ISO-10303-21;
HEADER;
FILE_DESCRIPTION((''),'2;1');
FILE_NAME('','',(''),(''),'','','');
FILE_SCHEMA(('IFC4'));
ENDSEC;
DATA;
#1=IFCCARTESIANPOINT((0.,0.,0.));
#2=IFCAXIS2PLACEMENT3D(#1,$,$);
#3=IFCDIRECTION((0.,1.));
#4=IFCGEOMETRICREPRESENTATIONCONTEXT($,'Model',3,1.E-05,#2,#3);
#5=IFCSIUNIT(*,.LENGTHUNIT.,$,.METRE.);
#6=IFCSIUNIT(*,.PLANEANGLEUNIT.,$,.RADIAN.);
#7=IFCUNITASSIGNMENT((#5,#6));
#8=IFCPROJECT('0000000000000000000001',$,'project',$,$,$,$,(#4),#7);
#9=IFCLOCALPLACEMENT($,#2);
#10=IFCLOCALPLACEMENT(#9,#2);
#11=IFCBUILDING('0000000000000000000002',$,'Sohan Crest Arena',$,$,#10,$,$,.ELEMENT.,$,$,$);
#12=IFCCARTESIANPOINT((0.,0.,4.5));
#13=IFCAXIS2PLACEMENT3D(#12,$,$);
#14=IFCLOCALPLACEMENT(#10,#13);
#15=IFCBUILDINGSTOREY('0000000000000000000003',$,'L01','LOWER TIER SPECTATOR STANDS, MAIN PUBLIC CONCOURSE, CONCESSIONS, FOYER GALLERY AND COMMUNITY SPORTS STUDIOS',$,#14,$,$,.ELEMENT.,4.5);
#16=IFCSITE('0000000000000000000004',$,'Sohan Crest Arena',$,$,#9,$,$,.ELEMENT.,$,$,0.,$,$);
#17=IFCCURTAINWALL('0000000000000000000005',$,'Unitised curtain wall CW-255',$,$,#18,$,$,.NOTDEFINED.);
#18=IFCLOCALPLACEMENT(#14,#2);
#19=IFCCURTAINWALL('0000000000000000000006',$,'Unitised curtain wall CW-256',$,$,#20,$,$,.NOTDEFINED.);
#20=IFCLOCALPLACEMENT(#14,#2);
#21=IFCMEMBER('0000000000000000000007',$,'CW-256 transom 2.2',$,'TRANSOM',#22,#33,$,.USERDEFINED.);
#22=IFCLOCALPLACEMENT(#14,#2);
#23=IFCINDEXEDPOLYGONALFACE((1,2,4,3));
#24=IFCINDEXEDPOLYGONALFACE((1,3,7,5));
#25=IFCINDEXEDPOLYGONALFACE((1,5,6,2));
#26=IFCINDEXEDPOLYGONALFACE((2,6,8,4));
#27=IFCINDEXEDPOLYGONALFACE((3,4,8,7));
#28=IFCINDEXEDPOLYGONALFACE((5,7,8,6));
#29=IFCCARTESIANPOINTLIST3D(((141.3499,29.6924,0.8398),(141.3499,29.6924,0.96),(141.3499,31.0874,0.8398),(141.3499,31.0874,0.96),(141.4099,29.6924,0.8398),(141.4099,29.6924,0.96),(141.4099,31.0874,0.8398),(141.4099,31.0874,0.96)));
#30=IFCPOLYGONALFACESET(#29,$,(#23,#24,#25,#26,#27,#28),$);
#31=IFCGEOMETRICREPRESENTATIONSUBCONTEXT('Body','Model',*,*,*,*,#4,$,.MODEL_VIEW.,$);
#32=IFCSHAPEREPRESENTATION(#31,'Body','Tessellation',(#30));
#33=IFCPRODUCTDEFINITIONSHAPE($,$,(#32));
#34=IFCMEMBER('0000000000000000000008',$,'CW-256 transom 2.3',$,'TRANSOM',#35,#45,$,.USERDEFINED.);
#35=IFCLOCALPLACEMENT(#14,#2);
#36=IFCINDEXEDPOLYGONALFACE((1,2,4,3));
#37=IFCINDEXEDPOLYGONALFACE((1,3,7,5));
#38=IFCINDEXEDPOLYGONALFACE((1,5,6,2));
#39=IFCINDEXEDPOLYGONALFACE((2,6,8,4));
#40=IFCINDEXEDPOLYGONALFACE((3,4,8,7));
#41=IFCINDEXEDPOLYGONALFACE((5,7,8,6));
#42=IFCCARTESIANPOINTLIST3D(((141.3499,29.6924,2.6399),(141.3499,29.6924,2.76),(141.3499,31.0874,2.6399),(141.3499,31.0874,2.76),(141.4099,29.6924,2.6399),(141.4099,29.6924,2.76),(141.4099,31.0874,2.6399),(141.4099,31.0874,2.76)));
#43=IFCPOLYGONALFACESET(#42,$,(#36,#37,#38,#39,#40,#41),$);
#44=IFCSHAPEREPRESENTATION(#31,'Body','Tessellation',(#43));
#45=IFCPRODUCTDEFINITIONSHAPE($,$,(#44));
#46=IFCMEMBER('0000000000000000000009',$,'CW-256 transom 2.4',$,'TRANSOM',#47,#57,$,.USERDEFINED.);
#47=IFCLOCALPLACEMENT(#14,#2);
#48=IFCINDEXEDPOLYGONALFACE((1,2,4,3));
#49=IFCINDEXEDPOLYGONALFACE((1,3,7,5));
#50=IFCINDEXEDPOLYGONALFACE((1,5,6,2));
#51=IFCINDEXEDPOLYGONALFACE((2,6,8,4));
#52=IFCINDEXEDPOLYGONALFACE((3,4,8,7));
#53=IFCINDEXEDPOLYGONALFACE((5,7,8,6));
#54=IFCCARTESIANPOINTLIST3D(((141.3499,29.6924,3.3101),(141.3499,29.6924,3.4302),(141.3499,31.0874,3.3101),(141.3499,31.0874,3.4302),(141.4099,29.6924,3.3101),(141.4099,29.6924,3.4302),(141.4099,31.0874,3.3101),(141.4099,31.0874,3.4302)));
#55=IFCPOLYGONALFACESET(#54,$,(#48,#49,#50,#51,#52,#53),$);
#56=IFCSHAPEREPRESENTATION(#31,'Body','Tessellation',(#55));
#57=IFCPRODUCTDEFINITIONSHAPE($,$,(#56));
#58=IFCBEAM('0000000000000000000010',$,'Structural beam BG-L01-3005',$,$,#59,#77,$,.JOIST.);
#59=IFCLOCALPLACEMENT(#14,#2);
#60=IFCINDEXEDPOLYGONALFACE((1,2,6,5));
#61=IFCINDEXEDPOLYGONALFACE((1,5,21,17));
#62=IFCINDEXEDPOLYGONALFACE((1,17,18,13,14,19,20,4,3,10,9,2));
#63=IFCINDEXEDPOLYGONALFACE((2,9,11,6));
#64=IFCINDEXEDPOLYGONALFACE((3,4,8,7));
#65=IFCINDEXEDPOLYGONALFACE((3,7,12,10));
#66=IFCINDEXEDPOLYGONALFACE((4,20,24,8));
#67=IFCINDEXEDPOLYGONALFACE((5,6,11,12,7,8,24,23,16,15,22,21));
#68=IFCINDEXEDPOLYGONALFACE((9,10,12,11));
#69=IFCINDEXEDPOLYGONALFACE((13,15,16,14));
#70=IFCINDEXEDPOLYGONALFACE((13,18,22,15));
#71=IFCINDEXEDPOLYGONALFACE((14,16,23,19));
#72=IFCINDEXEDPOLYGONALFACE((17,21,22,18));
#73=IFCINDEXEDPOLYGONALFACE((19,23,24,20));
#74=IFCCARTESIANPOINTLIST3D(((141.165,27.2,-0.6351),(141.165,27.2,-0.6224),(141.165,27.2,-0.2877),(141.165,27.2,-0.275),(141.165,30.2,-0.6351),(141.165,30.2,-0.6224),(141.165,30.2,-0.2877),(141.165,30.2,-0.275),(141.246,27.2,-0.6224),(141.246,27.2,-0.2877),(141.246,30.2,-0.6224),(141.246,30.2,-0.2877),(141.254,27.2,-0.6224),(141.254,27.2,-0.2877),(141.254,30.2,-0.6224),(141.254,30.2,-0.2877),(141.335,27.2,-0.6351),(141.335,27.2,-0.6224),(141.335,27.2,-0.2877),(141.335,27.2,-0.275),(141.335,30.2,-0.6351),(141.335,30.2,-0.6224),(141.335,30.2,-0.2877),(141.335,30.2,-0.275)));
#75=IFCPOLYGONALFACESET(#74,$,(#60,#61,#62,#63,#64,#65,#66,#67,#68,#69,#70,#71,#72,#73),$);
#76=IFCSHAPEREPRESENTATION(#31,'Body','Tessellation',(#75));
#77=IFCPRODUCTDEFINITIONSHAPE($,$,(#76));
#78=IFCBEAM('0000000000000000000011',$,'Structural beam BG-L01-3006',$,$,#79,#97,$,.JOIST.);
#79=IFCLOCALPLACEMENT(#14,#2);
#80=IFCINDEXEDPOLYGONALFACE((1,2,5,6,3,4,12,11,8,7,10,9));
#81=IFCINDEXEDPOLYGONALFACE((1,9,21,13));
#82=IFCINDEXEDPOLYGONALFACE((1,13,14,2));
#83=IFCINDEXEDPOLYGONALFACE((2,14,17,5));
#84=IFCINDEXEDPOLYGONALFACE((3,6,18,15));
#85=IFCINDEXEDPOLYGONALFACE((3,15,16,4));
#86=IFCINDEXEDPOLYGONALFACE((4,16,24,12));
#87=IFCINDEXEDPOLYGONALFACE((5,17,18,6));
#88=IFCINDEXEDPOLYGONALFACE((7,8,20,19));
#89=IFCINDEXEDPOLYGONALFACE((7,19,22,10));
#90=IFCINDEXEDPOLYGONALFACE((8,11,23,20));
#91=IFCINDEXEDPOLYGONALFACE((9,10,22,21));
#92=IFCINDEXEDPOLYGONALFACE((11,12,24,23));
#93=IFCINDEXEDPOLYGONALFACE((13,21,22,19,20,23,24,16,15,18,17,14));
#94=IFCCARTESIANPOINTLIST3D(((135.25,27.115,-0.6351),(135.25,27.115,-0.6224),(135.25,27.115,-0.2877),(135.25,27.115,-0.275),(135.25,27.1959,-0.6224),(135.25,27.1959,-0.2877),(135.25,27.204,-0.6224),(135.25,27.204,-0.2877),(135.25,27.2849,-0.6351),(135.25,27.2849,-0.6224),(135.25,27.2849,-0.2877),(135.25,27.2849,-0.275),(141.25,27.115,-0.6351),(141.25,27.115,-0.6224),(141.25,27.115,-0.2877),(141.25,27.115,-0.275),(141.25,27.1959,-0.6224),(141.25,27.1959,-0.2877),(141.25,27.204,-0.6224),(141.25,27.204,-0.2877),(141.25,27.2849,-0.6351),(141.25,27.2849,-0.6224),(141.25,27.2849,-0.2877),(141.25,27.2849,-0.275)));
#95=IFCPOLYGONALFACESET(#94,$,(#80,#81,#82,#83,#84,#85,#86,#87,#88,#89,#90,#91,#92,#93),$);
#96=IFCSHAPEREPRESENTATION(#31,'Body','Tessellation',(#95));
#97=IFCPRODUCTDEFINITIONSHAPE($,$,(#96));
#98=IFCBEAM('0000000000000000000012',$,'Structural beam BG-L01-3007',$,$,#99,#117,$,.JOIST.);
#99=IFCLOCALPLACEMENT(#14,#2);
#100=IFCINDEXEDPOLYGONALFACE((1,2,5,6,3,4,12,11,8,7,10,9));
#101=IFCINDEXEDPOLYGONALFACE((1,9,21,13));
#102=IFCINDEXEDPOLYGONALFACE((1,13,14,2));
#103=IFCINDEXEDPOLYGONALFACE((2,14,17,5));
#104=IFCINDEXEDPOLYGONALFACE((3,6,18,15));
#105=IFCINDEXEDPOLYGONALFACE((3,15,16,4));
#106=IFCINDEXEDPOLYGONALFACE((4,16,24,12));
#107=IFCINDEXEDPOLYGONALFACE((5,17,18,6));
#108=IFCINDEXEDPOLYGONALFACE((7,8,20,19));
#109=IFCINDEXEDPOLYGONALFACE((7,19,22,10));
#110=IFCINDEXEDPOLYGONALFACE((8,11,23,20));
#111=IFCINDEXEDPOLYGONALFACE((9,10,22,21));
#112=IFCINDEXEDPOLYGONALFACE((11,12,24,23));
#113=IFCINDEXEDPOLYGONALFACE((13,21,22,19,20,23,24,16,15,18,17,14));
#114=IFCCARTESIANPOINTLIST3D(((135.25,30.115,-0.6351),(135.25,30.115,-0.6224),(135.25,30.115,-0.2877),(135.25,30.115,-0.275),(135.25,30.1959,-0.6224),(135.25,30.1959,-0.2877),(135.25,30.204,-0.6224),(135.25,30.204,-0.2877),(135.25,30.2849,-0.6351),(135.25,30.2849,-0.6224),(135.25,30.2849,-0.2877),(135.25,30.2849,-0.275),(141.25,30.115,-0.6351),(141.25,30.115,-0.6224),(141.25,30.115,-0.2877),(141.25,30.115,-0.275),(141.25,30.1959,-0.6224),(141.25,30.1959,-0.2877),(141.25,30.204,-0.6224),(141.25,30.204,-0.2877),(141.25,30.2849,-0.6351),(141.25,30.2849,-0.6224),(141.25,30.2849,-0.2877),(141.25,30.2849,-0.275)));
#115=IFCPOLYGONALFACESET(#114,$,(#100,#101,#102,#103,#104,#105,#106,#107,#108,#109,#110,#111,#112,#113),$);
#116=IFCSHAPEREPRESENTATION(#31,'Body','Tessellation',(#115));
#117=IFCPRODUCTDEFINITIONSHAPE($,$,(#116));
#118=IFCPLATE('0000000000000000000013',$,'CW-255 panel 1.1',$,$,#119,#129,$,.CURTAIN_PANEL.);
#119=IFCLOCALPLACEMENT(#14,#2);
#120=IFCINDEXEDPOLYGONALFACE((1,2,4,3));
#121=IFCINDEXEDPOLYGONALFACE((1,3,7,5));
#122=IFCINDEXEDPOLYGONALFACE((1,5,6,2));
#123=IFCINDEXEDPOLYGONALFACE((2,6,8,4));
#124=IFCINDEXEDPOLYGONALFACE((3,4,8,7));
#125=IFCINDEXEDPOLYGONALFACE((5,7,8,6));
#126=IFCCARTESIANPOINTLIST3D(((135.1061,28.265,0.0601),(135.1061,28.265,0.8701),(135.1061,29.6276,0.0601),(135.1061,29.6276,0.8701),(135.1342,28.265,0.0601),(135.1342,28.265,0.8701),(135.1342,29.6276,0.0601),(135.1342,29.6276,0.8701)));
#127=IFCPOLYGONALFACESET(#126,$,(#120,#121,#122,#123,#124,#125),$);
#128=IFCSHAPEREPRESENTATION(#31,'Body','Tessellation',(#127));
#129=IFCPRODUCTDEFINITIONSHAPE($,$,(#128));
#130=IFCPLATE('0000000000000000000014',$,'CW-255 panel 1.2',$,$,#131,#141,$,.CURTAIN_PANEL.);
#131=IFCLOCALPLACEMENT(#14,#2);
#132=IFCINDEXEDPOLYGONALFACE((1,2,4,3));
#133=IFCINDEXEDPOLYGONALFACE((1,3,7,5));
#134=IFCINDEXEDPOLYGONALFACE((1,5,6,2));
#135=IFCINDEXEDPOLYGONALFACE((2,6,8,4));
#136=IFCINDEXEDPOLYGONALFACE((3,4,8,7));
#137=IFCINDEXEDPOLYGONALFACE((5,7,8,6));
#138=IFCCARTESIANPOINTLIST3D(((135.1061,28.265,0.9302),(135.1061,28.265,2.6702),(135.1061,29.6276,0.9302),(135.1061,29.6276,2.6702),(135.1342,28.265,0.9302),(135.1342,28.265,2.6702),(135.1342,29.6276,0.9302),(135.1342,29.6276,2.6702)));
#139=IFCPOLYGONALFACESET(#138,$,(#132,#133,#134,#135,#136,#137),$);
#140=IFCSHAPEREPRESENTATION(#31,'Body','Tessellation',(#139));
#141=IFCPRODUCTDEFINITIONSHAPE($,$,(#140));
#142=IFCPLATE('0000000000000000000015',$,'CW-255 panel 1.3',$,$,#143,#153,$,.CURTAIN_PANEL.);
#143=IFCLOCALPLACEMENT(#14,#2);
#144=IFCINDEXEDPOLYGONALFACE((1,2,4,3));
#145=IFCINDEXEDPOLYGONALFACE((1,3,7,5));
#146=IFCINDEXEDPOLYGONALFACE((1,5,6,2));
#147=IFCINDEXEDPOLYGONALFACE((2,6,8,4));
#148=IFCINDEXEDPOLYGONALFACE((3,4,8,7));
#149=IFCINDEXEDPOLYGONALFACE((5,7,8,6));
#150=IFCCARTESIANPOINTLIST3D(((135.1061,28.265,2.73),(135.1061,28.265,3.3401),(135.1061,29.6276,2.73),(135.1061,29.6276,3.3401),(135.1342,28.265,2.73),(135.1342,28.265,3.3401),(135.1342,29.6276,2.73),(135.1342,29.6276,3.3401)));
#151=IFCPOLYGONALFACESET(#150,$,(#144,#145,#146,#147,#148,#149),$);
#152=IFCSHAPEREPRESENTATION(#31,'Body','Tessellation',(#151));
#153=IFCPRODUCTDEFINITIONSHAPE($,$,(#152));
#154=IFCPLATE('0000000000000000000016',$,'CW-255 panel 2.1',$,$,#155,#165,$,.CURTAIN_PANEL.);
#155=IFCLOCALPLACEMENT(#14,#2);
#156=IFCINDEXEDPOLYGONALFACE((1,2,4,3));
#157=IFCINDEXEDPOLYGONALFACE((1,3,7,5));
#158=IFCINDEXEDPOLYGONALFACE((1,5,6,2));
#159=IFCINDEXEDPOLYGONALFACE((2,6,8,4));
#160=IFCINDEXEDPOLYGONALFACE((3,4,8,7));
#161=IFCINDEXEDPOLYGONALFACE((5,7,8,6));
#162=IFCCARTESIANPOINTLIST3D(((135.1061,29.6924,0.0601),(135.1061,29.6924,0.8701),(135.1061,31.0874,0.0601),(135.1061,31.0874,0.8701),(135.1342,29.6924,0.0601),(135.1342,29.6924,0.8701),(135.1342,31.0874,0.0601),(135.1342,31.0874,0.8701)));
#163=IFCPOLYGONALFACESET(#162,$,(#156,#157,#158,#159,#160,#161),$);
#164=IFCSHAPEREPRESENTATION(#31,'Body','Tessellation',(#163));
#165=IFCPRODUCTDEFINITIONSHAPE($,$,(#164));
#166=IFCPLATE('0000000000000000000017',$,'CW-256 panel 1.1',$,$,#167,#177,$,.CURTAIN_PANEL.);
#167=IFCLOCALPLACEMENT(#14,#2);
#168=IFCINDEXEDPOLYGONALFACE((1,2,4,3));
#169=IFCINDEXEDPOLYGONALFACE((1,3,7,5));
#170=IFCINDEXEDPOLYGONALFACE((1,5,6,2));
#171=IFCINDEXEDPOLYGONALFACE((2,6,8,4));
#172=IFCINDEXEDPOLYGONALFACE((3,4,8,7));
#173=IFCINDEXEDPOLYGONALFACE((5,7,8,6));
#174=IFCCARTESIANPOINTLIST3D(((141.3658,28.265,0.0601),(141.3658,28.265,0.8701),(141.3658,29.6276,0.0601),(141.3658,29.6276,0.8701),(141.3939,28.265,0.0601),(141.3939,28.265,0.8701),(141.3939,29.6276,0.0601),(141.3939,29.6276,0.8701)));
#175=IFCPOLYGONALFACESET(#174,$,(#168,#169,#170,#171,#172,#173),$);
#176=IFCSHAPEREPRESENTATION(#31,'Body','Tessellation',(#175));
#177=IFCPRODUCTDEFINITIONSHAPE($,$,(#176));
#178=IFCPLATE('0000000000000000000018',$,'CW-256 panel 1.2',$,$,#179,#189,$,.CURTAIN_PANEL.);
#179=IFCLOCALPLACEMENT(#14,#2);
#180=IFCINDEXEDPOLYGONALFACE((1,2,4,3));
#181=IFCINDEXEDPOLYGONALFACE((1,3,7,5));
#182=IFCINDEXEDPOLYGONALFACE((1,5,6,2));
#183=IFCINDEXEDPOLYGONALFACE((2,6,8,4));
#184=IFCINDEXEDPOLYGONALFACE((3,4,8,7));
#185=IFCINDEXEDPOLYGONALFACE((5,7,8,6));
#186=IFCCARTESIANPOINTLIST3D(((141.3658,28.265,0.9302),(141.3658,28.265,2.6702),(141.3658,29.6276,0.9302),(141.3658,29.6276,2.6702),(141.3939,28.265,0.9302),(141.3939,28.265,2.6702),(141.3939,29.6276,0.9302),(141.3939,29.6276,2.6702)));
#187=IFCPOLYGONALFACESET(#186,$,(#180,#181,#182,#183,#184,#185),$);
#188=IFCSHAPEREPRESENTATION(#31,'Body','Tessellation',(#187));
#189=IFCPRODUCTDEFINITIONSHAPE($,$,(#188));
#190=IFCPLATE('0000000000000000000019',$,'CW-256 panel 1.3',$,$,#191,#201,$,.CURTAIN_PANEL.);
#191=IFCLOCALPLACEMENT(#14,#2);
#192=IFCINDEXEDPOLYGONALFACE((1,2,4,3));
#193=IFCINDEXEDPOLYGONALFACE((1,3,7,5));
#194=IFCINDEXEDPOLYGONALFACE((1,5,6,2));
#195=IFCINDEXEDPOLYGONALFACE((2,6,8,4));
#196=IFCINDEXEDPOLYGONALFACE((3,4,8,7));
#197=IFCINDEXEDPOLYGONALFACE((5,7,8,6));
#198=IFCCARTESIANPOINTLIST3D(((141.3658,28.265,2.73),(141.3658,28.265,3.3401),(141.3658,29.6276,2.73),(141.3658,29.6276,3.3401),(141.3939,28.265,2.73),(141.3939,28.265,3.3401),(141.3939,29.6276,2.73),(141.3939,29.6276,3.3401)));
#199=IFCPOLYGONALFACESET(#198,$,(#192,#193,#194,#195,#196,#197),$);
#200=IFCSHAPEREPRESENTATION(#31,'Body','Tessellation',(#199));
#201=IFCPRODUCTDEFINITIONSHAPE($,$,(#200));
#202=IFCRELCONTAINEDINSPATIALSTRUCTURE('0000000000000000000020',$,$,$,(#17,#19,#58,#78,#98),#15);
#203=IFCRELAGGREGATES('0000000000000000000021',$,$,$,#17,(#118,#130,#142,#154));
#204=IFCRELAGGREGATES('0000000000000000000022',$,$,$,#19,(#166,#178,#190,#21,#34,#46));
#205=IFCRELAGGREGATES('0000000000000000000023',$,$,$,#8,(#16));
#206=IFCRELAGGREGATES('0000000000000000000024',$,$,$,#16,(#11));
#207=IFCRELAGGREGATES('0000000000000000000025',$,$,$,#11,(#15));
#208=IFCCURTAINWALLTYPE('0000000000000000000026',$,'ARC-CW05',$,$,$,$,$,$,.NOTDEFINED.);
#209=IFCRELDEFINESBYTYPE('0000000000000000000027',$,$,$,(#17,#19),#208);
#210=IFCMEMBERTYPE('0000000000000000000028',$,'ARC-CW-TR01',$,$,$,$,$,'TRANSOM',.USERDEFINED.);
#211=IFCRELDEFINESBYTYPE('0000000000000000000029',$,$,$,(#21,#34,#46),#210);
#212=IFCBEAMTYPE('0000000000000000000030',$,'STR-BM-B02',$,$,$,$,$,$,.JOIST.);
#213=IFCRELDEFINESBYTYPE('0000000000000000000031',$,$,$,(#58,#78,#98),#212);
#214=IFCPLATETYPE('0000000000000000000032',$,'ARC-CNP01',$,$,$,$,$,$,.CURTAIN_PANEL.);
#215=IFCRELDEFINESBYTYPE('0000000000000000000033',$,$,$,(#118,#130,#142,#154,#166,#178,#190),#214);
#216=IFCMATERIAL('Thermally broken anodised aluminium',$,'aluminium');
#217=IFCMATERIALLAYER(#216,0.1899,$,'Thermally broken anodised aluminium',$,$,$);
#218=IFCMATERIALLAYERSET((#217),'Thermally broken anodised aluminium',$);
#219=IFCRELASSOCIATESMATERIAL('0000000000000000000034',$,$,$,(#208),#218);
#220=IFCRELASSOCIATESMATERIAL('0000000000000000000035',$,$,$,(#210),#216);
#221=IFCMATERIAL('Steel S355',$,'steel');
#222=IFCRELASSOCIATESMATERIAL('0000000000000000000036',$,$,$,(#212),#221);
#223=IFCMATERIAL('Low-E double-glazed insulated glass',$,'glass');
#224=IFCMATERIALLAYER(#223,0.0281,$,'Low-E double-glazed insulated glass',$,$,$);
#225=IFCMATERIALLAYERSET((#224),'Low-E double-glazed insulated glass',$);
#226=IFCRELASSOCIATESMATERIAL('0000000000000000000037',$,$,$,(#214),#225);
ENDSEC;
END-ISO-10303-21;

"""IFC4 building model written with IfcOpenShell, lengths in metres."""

from ifc_helpers import new_model, si_unit, direction, frame, origin, origin_2d, place, context, subcontext, project, spatial, rectangle, i_section, extrude, material, layer, layer_set, material_profile, profile_set, type_object, element, aggregate, save


model = new_model("IFC4")

# Units and contexts
model_context = context("Model", 3, precision=1e-05, world=origin(), true_north=direction((0.0, 1.0)))
body_context = subcontext(model_context, "Body", "Model", "MODEL_VIEW")
ifc_project = project(units=[si_unit("LENGTHUNIT", "METRE"), si_unit("PLANEANGLEUNIT", "RADIAN")], contexts=[model_context])

# Site, building, storey
site_placement = place(None, origin())
site = spatial("IfcSite", under=ifc_project, at=site_placement, Name="Sohan Crest Arena", CompositionType="ELEMENT", RefElevation=0.0)
building_placement = place(site_placement, origin())
building = spatial("IfcBuilding", under=site, at=building_placement, Name="Sohan Crest Arena", CompositionType="ELEMENT")
storey_placement = place(building_placement, frame((0.0, 0.0, 4.5)))
storey = spatial("IfcBuildingStorey", under=building, at=storey_placement, Name="L01", Description="LOWER TIER SPECTATOR STANDS, MAIN PUBLIC CONCOURSE, CONCESSIONS, FOYER GALLERY AND COMMUNITY SPORTS STUDIOS", CompositionType="ELEMENT", Elevation=4.5)

# Shared definitions
ifc_material_1 = material(Name="Steel S355", Category="steel")

# Curtain walls
ifc_material_2 = material(Name="Thermally broken anodised aluminium", Category="aluminium")
ifc_layer_1 = layer(ifc_material_2, 0.1899, Name="Thermally broken anodised aluminium")
ifc_layer_set_1 = layer_set([ifc_layer_1], Name="Thermally broken anodised aluminium")
curtain_wall_type = type_object("IfcCurtainWallType", Name="ARC-CW05", PredefinedType="NOTDEFINED", material=ifc_layer_set_1)
curtain_wall_1_placement = place(storey_placement, origin())
curtain_wall_1 = element("IfcCurtainWall", 1, at=curtain_wall_1_placement, inside=storey, type_object=curtain_wall_type, Name="Unitised curtain wall CW-255", PredefinedType="NOTDEFINED")
curtain_wall_2_placement = place(storey_placement, origin())
curtain_wall_2 = element("IfcCurtainWall", 2, at=curtain_wall_2_placement, inside=storey, type_object=curtain_wall_type, Name="Unitised curtain wall CW-256", PredefinedType="NOTDEFINED")

# Members
ifc_material_profile_1 = material_profile(ifc_material_2, rectangle(XDim=0.0601, YDim=0.1201, at=origin_2d()), Name="ALU-TRAN 60x120")
ifc_profile_set_1 = profile_set([ifc_material_profile_1], Name="Thermally broken anodised aluminium")
member_type_1 = type_object("IfcMemberType", Name="ARC-CW-TR01", ElementType="TRANSOM", PredefinedType="USERDEFINED", material=ifc_profile_set_1)
member_1_placement = place(storey_placement, frame((141.3799, 29.6924, 0.8999), z_axis=(0.0, 1.0, 0.0), x_axis=(-1.0, 0.0, 0.0)))
member_1 = element("IfcMember", 3, at=member_1_placement, type_object=member_type_1, Name="CW-256 transom 2.2", ObjectType="TRANSOM", PredefinedType="USERDEFINED", context=body_context, shape_type="SweptSolid", body=[
    extrude(rectangle(XDim=0.0601, YDim=0.1201, at=origin_2d()), origin(), (0.0, 0.0, 1.0), 1.395),
])
member_2_placement = place(storey_placement, frame((141.3799, 29.6924, 2.7), z_axis=(0.0, 1.0, 0.0), x_axis=(-1.0, 0.0, 0.0)))
member_2 = element("IfcMember", 4, at=member_2_placement, type_object=member_type_1, Name="CW-256 transom 2.3", ObjectType="TRANSOM", PredefinedType="USERDEFINED", context=body_context, shape_type="SweptSolid", body=[
    extrude(rectangle(XDim=0.0601, YDim=0.1201, at=origin_2d()), origin(), (0.0, 0.0, 1.0), 1.395),
])
member_3_placement = place(storey_placement, frame((141.3799, 29.6924, 3.3701), z_axis=(0.0, 1.0, 0.0), x_axis=(-1.0, 0.0, 0.0)))
member_3 = element("IfcMember", 5, at=member_3_placement, type_object=member_type_1, Name="CW-256 transom 2.4", ObjectType="TRANSOM", PredefinedType="USERDEFINED", context=body_context, shape_type="SweptSolid", body=[
    extrude(rectangle(XDim=0.0601, YDim=0.1201, at=origin_2d()), origin(), (0.0, 0.0, 1.0), 1.395),
])

# Beams
ifc_material_profile_2 = material_profile(ifc_material_1, i_section(OverallWidth=0.1699, OverallDepth=0.3601, WebThickness=0.0081, FlangeThickness=0.0127, at=origin_2d()), Name="IPE 360")
ifc_profile_set_2 = profile_set([ifc_material_profile_2], Name="Steel S355")
beam_type = type_object("IfcBeamType", Name="STR-BM-B02", PredefinedType="JOIST", material=ifc_profile_set_2)
beam_placement = place(storey_placement, frame((141.25, 27.2, -0.4551), z_axis=(0.0, 1.0, 0.0), x_axis=(-1.0, 0.0, 0.0)))
element("IfcBeam", 6, at=beam_placement, inside=storey, type_object=beam_type, Name="Structural beam BG-L01-3005", PredefinedType="JOIST", context=body_context, shape_type="SweptSolid", body=[
    extrude(i_section(OverallWidth=0.1699, OverallDepth=0.3601, WebThickness=0.0081, FlangeThickness=0.0127, at=origin_2d()), origin(), (0.0, 0.0, 1.0), 3.0),
])
for number, where, z_axis, x_axis, name in (
    (7, (135.25, 27.2, -0.4551), (1.0, 0.0, 0.0), (0.0, 1.0, 0.0), "Structural beam BG-L01-3006"),
    (8, (135.25, 30.2, -0.4551), (1.0, 0.0, 0.0), (0.0, 1.0, 0.0), "Structural beam BG-L01-3007"),
):
    element("IfcBeam", number, at=place(storey_placement, frame(where, z_axis=z_axis, x_axis=x_axis)), inside=storey, type_object=beam_type, Name=name, PredefinedType="JOIST", context=body_context, shape_type="SweptSolid", body=[
        extrude(i_section(OverallWidth=0.1699, OverallDepth=0.3601, WebThickness=0.0081, FlangeThickness=0.0127, at=origin_2d()), origin(), (0.0, 0.0, 1.0), 6.0),
    ])

# Plates
ifc_material_3 = material(Name="Low-E double-glazed insulated glass", Category="glass")
ifc_layer_2 = layer(ifc_material_3, 0.0281, Name="Low-E double-glazed insulated glass")
ifc_layer_set_2 = layer_set([ifc_layer_2], Name="Low-E double-glazed insulated glass")
plate_type_1 = type_object("IfcPlateType", Name="ARC-CNP01", PredefinedType="CURTAIN_PANEL", material=ifc_layer_set_2)
plate_1_placement = place(storey_placement, frame((135.1201, 28.9463, 0.0601), z_axis=(0.0, 0.0, 1.0), x_axis=(0.0, 1.0, 0.0)))
plate_1 = element("IfcPlate", 9, at=plate_1_placement, type_object=plate_type_1, Name="CW-255 panel 1.1", PredefinedType="CURTAIN_PANEL", context=body_context, shape_type="SweptSolid", body=[
    extrude(rectangle(XDim=1.3625, YDim=0.0281, at=origin_2d()), origin(), (0.0, 0.0, 1.0), 0.8101),
])
plate_2_placement = place(storey_placement, frame((135.1201, 28.9463, 0.9302), z_axis=(0.0, 0.0, 1.0), x_axis=(0.0, 1.0, 0.0)))
plate_2 = element("IfcPlate", 10, at=plate_2_placement, type_object=plate_type_1, Name="CW-255 panel 1.2", PredefinedType="CURTAIN_PANEL", context=body_context, shape_type="SweptSolid", body=[
    extrude(rectangle(XDim=1.3625, YDim=0.0281, at=origin_2d()), origin(), (0.0, 0.0, 1.0), 1.74),
])
plate_3_placement = place(storey_placement, frame((135.1201, 28.9463, 2.73), z_axis=(0.0, 0.0, 1.0), x_axis=(0.0, 1.0, 0.0)))
plate_3 = element("IfcPlate", 11, at=plate_3_placement, type_object=plate_type_1, Name="CW-255 panel 1.3", PredefinedType="CURTAIN_PANEL", context=body_context, shape_type="SweptSolid", body=[
    extrude(rectangle(XDim=1.3625, YDim=0.0281, at=origin_2d()), origin(), (0.0, 0.0, 1.0), 0.6101),
])
plate_4_placement = place(storey_placement, frame((135.1201, 30.3899, 0.0601), z_axis=(0.0, 0.0, 1.0), x_axis=(0.0, 1.0, 0.0)))
plate_4 = element("IfcPlate", 12, at=plate_4_placement, type_object=plate_type_1, Name="CW-255 panel 2.1", PredefinedType="CURTAIN_PANEL", context=body_context, shape_type="SweptSolid", body=[
    extrude(rectangle(XDim=1.395, YDim=0.0281, at=origin_2d()), origin(), (0.0, 0.0, 1.0), 0.8101),
])
aggregate(curtain_wall_1, [plate_1, plate_2, plate_3, plate_4])
plate_5_placement = place(storey_placement, frame((141.3799, 28.9463, 0.0601), z_axis=(0.0, 0.0, 1.0), x_axis=(0.0, 1.0, 0.0)))
plate_5 = element("IfcPlate", 13, at=plate_5_placement, type_object=plate_type_1, Name="CW-256 panel 1.1", PredefinedType="CURTAIN_PANEL", context=body_context, shape_type="SweptSolid", body=[
    extrude(rectangle(XDim=1.3625, YDim=0.0281, at=origin_2d()), origin(), (0.0, 0.0, 1.0), 0.8101),
])
plate_6_placement = place(storey_placement, frame((141.3799, 28.9463, 0.9302), z_axis=(0.0, 0.0, 1.0), x_axis=(0.0, 1.0, 0.0)))
plate_6 = element("IfcPlate", 14, at=plate_6_placement, type_object=plate_type_1, Name="CW-256 panel 1.2", PredefinedType="CURTAIN_PANEL", context=body_context, shape_type="SweptSolid", body=[
    extrude(rectangle(XDim=1.3625, YDim=0.0281, at=origin_2d()), origin(), (0.0, 0.0, 1.0), 1.74),
])
plate_7_placement = place(storey_placement, frame((141.3799, 28.9463, 2.73), z_axis=(0.0, 0.0, 1.0), x_axis=(0.0, 1.0, 0.0)))
plate_7 = element("IfcPlate", 15, at=plate_7_placement, type_object=plate_type_1, Name="CW-256 panel 1.3", PredefinedType="CURTAIN_PANEL", context=body_context, shape_type="SweptSolid", body=[
    extrude(rectangle(XDim=1.3625, YDim=0.0281, at=origin_2d()), origin(), (0.0, 0.0, 1.0), 0.6101),
])
aggregate(curtain_wall_2, [plate_5, plate_6, plate_7, member_1, member_2, member_3])

save(model, "model.ifc")
